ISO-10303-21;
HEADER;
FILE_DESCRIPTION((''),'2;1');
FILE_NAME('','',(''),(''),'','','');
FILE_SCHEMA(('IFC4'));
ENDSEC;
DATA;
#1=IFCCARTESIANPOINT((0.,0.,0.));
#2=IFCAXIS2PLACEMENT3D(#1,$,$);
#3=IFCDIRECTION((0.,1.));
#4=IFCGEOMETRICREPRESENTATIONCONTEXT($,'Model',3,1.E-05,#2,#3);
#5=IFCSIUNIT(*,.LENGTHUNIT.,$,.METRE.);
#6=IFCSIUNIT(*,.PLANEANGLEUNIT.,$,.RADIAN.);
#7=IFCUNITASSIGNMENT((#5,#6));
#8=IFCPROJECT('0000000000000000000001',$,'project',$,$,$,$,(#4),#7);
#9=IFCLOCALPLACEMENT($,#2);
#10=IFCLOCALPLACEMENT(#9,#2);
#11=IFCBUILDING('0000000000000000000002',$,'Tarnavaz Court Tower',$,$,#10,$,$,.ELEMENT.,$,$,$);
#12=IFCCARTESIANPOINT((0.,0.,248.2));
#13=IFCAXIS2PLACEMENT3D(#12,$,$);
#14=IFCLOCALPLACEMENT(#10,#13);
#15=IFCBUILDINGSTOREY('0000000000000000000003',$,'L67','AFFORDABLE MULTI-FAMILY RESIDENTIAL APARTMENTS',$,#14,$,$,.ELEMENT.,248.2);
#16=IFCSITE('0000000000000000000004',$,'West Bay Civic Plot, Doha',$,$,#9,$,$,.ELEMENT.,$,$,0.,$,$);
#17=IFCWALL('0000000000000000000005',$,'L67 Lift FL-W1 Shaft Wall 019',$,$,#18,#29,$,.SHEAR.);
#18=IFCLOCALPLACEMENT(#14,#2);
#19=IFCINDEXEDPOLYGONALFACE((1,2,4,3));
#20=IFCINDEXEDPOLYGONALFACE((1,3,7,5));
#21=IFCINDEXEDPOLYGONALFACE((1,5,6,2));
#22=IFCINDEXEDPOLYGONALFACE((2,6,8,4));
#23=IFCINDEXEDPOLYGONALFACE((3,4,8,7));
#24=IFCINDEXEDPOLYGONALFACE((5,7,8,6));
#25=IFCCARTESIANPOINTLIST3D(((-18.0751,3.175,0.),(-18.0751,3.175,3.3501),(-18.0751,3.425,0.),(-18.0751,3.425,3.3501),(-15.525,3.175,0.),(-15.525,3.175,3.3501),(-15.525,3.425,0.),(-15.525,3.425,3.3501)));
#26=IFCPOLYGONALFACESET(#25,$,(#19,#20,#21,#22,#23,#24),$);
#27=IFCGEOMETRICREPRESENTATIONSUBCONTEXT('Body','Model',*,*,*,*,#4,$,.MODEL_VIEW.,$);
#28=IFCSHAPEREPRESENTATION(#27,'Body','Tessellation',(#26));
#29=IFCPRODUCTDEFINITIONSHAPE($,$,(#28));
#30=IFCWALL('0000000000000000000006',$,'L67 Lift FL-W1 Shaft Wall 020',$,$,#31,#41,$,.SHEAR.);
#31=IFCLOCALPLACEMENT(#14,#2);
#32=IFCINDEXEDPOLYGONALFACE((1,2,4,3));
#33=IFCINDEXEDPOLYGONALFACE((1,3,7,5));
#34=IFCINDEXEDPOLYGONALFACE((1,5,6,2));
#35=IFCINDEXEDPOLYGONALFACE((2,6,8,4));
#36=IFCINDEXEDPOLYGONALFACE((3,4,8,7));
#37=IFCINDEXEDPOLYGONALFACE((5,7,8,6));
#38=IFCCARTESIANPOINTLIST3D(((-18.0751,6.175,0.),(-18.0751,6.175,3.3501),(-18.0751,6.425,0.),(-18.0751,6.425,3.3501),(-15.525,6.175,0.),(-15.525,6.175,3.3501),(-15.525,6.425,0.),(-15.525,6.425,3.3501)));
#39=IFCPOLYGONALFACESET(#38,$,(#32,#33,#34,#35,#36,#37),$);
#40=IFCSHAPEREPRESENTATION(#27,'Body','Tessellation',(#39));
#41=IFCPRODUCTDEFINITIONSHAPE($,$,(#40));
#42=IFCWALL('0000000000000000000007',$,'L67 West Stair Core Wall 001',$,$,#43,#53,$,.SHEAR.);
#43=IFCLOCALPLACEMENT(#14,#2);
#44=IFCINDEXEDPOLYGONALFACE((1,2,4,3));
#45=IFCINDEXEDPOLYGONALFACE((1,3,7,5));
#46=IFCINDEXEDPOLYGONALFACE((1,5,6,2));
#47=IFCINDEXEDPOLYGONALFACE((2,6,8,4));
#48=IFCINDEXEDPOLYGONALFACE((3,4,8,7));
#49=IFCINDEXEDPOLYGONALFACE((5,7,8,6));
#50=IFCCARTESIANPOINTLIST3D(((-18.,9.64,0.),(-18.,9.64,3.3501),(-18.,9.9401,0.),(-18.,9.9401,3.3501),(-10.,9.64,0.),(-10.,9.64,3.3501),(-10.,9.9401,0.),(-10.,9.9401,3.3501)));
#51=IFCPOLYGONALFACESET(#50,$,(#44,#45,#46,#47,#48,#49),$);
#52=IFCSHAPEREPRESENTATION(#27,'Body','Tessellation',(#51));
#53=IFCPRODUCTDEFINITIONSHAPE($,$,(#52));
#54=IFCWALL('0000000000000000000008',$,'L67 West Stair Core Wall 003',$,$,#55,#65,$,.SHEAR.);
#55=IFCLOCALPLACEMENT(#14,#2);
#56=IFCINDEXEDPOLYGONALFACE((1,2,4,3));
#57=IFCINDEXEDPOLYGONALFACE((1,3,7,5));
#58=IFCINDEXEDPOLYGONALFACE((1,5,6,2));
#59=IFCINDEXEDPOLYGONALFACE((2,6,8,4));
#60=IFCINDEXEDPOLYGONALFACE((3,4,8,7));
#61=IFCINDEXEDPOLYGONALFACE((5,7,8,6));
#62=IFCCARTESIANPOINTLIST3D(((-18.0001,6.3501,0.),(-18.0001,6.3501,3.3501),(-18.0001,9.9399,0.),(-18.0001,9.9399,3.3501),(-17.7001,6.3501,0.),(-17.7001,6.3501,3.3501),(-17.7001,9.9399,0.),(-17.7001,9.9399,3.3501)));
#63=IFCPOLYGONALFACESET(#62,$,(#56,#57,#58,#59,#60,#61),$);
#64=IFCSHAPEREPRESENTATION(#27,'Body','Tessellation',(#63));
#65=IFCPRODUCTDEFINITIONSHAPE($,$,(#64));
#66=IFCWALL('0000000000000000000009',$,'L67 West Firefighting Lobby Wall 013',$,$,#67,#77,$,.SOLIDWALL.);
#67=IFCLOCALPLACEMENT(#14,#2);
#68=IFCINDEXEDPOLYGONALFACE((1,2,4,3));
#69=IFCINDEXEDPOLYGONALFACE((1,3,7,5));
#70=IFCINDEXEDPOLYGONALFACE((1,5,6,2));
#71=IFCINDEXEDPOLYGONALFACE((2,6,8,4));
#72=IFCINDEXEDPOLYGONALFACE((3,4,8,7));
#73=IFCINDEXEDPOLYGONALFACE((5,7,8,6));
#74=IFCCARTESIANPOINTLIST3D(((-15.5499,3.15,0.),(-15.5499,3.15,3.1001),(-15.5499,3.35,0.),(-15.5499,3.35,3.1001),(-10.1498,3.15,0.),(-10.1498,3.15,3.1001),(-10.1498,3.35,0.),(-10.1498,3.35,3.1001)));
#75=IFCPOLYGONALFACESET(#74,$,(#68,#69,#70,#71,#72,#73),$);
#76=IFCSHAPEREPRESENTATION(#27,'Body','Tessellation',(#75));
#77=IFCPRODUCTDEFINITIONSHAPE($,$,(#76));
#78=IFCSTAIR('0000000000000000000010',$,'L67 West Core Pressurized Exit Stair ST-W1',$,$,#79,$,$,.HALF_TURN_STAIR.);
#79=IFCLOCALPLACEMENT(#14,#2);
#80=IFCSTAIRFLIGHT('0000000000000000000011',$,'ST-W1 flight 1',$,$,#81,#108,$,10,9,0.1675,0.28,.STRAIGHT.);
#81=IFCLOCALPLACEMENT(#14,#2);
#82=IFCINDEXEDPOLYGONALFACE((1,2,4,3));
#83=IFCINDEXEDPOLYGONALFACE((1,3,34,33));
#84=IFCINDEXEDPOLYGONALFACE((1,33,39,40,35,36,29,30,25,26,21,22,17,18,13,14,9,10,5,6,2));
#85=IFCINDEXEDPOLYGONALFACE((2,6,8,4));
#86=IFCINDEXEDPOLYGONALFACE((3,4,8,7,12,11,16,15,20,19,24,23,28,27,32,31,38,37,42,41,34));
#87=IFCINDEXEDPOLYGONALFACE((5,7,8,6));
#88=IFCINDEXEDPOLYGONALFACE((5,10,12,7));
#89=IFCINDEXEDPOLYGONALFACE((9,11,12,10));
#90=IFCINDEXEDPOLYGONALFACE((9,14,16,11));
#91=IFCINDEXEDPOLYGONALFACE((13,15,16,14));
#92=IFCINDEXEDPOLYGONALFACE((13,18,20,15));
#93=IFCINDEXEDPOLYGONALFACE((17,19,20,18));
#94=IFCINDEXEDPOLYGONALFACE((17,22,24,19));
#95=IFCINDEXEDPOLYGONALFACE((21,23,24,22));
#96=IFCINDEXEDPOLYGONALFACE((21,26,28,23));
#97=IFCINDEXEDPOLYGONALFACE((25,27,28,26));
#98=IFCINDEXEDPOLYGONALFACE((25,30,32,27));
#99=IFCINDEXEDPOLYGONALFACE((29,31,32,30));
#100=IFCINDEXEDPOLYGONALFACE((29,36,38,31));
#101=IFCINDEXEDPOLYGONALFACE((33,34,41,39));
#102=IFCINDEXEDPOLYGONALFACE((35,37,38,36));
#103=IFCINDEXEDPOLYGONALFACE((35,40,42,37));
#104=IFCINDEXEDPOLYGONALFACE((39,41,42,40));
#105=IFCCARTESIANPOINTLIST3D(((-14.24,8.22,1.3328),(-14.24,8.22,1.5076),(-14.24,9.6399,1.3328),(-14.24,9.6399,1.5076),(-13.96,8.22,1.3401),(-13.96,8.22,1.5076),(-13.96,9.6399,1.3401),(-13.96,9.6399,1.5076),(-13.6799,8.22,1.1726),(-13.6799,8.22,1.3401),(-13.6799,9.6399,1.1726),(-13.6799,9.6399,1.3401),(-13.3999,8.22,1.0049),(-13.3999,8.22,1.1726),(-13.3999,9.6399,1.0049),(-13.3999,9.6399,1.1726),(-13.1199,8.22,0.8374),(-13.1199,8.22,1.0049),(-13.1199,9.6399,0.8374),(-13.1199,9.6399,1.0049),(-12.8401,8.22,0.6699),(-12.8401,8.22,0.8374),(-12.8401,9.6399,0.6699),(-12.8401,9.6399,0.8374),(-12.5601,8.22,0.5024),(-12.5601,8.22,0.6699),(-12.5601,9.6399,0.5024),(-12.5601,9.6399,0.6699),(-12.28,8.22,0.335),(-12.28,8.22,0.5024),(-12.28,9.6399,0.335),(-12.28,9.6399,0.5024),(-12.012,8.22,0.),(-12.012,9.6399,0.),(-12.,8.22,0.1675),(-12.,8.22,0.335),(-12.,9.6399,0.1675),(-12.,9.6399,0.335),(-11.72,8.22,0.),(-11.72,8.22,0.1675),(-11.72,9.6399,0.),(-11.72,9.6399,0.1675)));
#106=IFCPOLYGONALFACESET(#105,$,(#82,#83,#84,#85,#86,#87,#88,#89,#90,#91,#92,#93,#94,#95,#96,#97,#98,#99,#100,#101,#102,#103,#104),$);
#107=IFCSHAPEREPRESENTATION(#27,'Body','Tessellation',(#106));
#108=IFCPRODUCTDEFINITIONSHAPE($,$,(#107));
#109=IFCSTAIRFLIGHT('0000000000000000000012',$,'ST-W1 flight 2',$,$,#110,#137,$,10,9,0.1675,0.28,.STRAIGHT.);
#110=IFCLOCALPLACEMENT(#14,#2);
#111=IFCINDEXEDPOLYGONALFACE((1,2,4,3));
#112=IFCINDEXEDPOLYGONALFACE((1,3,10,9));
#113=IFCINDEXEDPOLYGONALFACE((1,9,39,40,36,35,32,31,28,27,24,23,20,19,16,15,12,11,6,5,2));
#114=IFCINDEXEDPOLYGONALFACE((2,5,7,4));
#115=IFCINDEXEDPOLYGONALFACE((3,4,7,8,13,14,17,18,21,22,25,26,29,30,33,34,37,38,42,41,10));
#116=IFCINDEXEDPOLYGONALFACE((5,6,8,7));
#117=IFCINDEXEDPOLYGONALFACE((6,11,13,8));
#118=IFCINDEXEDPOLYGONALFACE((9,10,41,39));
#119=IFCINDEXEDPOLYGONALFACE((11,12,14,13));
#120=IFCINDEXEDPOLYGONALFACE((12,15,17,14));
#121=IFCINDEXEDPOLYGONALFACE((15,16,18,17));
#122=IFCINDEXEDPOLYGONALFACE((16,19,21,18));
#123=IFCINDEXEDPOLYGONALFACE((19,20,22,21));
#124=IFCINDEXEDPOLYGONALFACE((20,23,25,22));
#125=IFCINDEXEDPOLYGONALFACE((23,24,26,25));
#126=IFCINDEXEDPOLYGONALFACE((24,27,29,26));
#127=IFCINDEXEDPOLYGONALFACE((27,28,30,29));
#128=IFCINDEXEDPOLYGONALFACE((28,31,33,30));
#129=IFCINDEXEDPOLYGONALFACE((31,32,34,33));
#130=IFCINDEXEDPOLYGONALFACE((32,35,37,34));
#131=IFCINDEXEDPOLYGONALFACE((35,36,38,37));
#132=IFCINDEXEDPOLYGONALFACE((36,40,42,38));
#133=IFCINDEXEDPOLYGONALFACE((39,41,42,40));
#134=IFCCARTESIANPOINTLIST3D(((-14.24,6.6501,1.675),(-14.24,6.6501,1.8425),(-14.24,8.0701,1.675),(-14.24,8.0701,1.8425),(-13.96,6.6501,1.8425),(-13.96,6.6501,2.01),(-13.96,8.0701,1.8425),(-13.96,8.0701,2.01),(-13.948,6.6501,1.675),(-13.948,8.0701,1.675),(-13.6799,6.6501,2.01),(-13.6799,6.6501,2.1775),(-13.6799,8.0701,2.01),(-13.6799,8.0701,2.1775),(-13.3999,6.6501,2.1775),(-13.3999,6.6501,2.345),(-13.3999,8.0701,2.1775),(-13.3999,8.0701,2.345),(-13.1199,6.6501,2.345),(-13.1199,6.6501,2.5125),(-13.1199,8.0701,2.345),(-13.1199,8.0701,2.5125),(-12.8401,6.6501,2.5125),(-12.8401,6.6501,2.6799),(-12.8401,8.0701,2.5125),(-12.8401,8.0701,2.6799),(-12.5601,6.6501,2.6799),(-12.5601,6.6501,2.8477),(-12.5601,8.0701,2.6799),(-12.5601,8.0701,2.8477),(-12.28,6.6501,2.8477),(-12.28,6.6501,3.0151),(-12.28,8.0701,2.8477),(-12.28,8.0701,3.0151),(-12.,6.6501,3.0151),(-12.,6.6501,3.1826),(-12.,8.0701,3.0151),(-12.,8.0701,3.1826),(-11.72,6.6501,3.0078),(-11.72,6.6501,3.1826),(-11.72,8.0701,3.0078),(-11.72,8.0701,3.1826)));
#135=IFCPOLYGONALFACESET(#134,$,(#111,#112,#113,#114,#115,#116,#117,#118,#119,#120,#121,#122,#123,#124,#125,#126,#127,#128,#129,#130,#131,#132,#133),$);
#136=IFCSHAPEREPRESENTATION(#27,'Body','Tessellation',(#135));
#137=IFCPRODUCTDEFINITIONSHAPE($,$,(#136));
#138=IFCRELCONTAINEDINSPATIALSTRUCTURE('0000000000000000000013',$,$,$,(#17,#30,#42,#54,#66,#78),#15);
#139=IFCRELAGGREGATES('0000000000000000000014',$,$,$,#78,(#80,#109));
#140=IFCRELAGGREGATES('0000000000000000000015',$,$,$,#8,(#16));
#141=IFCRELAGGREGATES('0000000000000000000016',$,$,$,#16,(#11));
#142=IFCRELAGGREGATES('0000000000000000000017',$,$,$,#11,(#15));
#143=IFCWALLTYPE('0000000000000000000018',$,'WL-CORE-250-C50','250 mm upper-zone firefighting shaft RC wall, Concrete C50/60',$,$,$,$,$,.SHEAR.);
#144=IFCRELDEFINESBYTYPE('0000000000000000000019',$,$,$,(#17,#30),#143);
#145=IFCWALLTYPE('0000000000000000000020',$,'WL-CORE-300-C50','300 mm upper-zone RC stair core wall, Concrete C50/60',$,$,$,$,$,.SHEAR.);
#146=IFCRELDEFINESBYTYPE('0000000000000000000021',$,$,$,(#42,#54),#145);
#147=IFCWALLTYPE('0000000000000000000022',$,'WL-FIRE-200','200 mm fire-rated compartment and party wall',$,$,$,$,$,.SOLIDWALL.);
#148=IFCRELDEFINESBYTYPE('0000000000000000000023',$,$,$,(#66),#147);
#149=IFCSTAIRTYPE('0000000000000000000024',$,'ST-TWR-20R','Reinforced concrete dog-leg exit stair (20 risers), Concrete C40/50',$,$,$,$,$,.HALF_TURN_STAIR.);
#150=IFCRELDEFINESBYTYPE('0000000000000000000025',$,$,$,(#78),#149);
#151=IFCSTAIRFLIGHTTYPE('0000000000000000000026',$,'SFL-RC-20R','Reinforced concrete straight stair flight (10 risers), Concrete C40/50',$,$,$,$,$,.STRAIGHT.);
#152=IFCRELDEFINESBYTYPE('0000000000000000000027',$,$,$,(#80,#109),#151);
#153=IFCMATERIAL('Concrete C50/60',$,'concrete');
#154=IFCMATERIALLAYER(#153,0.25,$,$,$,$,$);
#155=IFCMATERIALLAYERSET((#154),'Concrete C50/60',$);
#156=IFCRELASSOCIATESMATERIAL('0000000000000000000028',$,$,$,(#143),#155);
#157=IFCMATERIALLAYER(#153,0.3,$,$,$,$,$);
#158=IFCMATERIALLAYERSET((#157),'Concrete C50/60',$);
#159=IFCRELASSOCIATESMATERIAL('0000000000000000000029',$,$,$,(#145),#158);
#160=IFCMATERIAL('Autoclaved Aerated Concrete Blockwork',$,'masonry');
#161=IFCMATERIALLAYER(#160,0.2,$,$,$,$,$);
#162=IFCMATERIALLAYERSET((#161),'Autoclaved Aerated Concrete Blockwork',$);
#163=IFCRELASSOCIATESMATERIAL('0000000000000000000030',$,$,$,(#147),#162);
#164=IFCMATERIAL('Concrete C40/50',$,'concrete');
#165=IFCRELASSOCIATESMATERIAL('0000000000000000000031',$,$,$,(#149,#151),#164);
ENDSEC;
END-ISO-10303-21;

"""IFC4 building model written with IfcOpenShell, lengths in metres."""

from ifc_helpers import new_model, si_unit, direction, frame, frame_2d, origin, place, context, subcontext, project, spatial, polyline, rectangle, outline, extrude, material, layer, layer_set, type_object, element, aggregate, save


model = new_model("IFC4")

# Units and contexts
model_context = context("Model", 3, precision=1e-05, world=origin(), true_north=direction((0.0, 1.0)))
body_context = subcontext(model_context, "Body", "Model", "MODEL_VIEW")
ifc_project = project(units=[si_unit("LENGTHUNIT", "METRE"), si_unit("PLANEANGLEUNIT", "RADIAN")], contexts=[model_context])

# Site, building, storey
site_placement = place(None, origin())
site = spatial("IfcSite", under=ifc_project, at=site_placement, Name="West Bay Civic Plot, Doha", CompositionType="ELEMENT", RefElevation=0.0)
building_placement = place(site_placement, origin())
building = spatial("IfcBuilding", under=site, at=building_placement, Name="Tarnavaz Court Tower", CompositionType="ELEMENT")
storey_placement = place(building_placement, frame((0.0, 0.0, 248.2)))
storey = spatial("IfcBuildingStorey", under=building, at=storey_placement, Name="L67", Description="AFFORDABLE MULTI-FAMILY RESIDENTIAL APARTMENTS", CompositionType="ELEMENT", Elevation=248.2)

# Shared definitions
ifc_material_1 = material(Name="Concrete C50/60", Category="concrete")

# Shared definitions
ifc_layer_1 = layer(ifc_material_1, 0.25)
ifc_layer_set_1 = layer_set([ifc_layer_1], Name="Concrete C50/60")
wall_type_1 = type_object("IfcWallType", Name="WL-CORE-250-C50", Description="250 mm upper-zone firefighting shaft RC wall, Concrete C50/60", PredefinedType="SHEAR", material=ifc_layer_set_1)

# Walls
for number, where, z_axis, x_axis, name in (
    (1, (-18.075, 3.3, 0.0), (0.0, 0.0, 1.0), (1.0, 0.0, 0.0), "L67 Lift FL-W1 Shaft Wall 019"),
    (2, (-18.075, 6.3, 0.0), (0.0, 0.0, 1.0), (1.0, 0.0, 0.0), "L67 Lift FL-W1 Shaft Wall 020"),
):
    element("IfcWall", number, at=place(storey_placement, frame(where, z_axis=z_axis, x_axis=x_axis)), inside=storey, type_object=wall_type_1, Name=name, PredefinedType="SHEAR", context=body_context, shape_type="SweptSolid", body=[
        extrude(rectangle(XDim=2.55, YDim=0.25, at=frame_2d((1.2749, 0.0))), origin(), (0.0, 0.0, 1.0), 3.3501),
    ])
ifc_layer_2 = layer(ifc_material_1, 0.3)
ifc_layer_set_2 = layer_set([ifc_layer_2], Name="Concrete C50/60")
wall_type_2 = type_object("IfcWallType", Name="WL-CORE-300-C50", Description="300 mm upper-zone RC stair core wall, Concrete C50/60", PredefinedType="SHEAR", material=ifc_layer_set_2)
wall_1_placement = place(storey_placement, frame((-18.0, 9.79, 0.0), z_axis=(0.0, 0.0, 1.0), x_axis=(1.0, 0.0, 0.0)))
element("IfcWall", 3, at=wall_1_placement, inside=storey, type_object=wall_type_2, Name="L67 West Stair Core Wall 001", PredefinedType="SHEAR", context=body_context, shape_type="SweptSolid", body=[
    extrude(rectangle(XDim=8.0, YDim=0.3, at=frame_2d((4.0, 0.0))), origin(), (0.0, 0.0, 1.0), 3.3501),
])

# Walls
wall_2_placement = place(storey_placement, frame((-17.8501, 6.3501, 0.0), z_axis=(0.0, 0.0, 1.0), x_axis=(0.0, 1.0, 0.0)))
element("IfcWall", 4, at=wall_2_placement, inside=storey, type_object=wall_type_2, Name="L67 West Stair Core Wall 003", PredefinedType="SHEAR", context=body_context, shape_type="SweptSolid", body=[
    extrude(rectangle(XDim=3.5898, YDim=0.3, at=frame_2d((1.7949, 0.0))), origin(), (0.0, 0.0, 1.0), 3.3501),
])
ifc_material_2 = material(Name="Autoclaved Aerated Concrete Blockwork", Category="masonry")
ifc_layer_3 = layer(ifc_material_2, 0.2)
ifc_layer_set_3 = layer_set([ifc_layer_3], Name="Autoclaved Aerated Concrete Blockwork")
wall_type_3 = type_object("IfcWallType", Name="WL-FIRE-200", Description="200 mm fire-rated compartment and party wall", PredefinedType="SOLIDWALL", material=ifc_layer_set_3)
wall_3_placement = place(storey_placement, frame((-15.55, 3.25, 0.0), z_axis=(0.0, 0.0, 1.0), x_axis=(1.0, 0.0, 0.0)))
element("IfcWall", 5, at=wall_3_placement, inside=storey, type_object=wall_type_3, Name="L67 West Firefighting Lobby Wall 013", PredefinedType="SOLIDWALL", context=body_context, shape_type="SweptSolid", body=[
    extrude(rectangle(XDim=5.4001, YDim=0.2, at=frame_2d((2.7002, 0.0))), origin(), (0.0, 0.0, 1.0), 3.1001),
])

# Stair, stair flights
ifc_material_3 = material(Name="Concrete C40/50", Category="concrete")
stair_type = type_object("IfcStairType", Name="ST-TWR-20R", Description="Reinforced concrete dog-leg exit stair (20 risers), Concrete C40/50", PredefinedType="HALF_TURN_STAIR", material=ifc_material_3)
stair_placement = place(storey_placement, origin())
stair = element("IfcStair", 6, at=stair_placement, inside=storey, type_object=stair_type, Name="L67 West Core Pressurized Exit Stair ST-W1", PredefinedType="HALF_TURN_STAIR")
stair_flight_type = type_object("IfcStairFlightType", Name="SFL-RC-20R", Description="Reinforced concrete straight stair flight (10 risers), Concrete C40/50", PredefinedType="STRAIGHT", material=ifc_material_3)
stair_flight_1_placement = place(storey_placement, frame((-11.72, 8.9299, 0.0), z_axis=(0.0, 0.0, 1.0), x_axis=(-1.0, 0.0, 0.0)))
stair_flight_1 = element("IfcStairFlight", 7, at=stair_flight_1_placement, type_object=stair_flight_type, Name="ST-W1 flight 1", NumberOfRisers=10, NumberOfTreads=9, PredefinedType="STRAIGHT", RiserHeight=0.1675, TreadLength=0.28, context=body_context, shape_type="SweptSolid", body=[
    extrude(outline(polyline([(0.0, 0.0), (0.0, 0.1675), (0.28, 0.1675), (0.28, 0.335), (0.5601, 0.335), (0.5601, 0.5024), (0.8401, 0.5024), (0.8401, 0.6699), (1.1201, 0.6699), (1.1201, 0.8374), (1.3999, 0.8374), (1.3999, 1.0049), (1.6799, 1.0049), (1.6799, 1.1726), (1.96, 1.1726), (1.96, 1.3401), (2.24, 1.3401), (2.24, 1.5076), (2.52, 1.5076), (2.52, 1.675), (2.52, 1.3328), (0.292, 0.0), (0.0, 0.0)])), frame((0.0, 0.71, 0.0), z_axis=(0.0, -1.0, 0.0), x_axis=(1.0, 0.0, 0.0)), (0.0, 0.0, 1.0), 1.4199),
])
stair_flight_2_placement = place(storey_placement, frame((-14.24, 7.3601, 1.675), z_axis=(0.0, 0.0, 1.0), x_axis=(1.0, 0.0, 0.0)))
stair_flight_2 = element("IfcStairFlight", 8, at=stair_flight_2_placement, type_object=stair_flight_type, Name="ST-W1 flight 2", NumberOfRisers=10, NumberOfTreads=9, PredefinedType="STRAIGHT", RiserHeight=0.1675, TreadLength=0.28, context=body_context, shape_type="SweptSolid", body=[
    extrude(outline(polyline([(0.0, 0.0), (0.0, 0.1675), (0.28, 0.1675), (0.28, 0.335), (0.5601, 0.335), (0.5601, 0.5024), (0.8401, 0.5024), (0.8401, 0.6699), (1.1201, 0.6699), (1.1201, 0.8374), (1.3999, 0.8374), (1.3999, 1.0049), (1.6799, 1.0049), (1.6799, 1.1726), (1.96, 1.1726), (1.96, 1.3401), (2.24, 1.3401), (2.24, 1.5076), (2.52, 1.5076), (2.52, 1.675), (2.52, 1.3328), (0.292, 0.0), (0.0, 0.0)])), frame((0.0, 0.71, 0.0), z_axis=(0.0, -1.0, 0.0), x_axis=(1.0, 0.0, 0.0)), (0.0, 0.0, 1.0), 1.4199),
])
aggregate(stair, [stair_flight_1, stair_flight_2])

save(model, "model.ifc")
